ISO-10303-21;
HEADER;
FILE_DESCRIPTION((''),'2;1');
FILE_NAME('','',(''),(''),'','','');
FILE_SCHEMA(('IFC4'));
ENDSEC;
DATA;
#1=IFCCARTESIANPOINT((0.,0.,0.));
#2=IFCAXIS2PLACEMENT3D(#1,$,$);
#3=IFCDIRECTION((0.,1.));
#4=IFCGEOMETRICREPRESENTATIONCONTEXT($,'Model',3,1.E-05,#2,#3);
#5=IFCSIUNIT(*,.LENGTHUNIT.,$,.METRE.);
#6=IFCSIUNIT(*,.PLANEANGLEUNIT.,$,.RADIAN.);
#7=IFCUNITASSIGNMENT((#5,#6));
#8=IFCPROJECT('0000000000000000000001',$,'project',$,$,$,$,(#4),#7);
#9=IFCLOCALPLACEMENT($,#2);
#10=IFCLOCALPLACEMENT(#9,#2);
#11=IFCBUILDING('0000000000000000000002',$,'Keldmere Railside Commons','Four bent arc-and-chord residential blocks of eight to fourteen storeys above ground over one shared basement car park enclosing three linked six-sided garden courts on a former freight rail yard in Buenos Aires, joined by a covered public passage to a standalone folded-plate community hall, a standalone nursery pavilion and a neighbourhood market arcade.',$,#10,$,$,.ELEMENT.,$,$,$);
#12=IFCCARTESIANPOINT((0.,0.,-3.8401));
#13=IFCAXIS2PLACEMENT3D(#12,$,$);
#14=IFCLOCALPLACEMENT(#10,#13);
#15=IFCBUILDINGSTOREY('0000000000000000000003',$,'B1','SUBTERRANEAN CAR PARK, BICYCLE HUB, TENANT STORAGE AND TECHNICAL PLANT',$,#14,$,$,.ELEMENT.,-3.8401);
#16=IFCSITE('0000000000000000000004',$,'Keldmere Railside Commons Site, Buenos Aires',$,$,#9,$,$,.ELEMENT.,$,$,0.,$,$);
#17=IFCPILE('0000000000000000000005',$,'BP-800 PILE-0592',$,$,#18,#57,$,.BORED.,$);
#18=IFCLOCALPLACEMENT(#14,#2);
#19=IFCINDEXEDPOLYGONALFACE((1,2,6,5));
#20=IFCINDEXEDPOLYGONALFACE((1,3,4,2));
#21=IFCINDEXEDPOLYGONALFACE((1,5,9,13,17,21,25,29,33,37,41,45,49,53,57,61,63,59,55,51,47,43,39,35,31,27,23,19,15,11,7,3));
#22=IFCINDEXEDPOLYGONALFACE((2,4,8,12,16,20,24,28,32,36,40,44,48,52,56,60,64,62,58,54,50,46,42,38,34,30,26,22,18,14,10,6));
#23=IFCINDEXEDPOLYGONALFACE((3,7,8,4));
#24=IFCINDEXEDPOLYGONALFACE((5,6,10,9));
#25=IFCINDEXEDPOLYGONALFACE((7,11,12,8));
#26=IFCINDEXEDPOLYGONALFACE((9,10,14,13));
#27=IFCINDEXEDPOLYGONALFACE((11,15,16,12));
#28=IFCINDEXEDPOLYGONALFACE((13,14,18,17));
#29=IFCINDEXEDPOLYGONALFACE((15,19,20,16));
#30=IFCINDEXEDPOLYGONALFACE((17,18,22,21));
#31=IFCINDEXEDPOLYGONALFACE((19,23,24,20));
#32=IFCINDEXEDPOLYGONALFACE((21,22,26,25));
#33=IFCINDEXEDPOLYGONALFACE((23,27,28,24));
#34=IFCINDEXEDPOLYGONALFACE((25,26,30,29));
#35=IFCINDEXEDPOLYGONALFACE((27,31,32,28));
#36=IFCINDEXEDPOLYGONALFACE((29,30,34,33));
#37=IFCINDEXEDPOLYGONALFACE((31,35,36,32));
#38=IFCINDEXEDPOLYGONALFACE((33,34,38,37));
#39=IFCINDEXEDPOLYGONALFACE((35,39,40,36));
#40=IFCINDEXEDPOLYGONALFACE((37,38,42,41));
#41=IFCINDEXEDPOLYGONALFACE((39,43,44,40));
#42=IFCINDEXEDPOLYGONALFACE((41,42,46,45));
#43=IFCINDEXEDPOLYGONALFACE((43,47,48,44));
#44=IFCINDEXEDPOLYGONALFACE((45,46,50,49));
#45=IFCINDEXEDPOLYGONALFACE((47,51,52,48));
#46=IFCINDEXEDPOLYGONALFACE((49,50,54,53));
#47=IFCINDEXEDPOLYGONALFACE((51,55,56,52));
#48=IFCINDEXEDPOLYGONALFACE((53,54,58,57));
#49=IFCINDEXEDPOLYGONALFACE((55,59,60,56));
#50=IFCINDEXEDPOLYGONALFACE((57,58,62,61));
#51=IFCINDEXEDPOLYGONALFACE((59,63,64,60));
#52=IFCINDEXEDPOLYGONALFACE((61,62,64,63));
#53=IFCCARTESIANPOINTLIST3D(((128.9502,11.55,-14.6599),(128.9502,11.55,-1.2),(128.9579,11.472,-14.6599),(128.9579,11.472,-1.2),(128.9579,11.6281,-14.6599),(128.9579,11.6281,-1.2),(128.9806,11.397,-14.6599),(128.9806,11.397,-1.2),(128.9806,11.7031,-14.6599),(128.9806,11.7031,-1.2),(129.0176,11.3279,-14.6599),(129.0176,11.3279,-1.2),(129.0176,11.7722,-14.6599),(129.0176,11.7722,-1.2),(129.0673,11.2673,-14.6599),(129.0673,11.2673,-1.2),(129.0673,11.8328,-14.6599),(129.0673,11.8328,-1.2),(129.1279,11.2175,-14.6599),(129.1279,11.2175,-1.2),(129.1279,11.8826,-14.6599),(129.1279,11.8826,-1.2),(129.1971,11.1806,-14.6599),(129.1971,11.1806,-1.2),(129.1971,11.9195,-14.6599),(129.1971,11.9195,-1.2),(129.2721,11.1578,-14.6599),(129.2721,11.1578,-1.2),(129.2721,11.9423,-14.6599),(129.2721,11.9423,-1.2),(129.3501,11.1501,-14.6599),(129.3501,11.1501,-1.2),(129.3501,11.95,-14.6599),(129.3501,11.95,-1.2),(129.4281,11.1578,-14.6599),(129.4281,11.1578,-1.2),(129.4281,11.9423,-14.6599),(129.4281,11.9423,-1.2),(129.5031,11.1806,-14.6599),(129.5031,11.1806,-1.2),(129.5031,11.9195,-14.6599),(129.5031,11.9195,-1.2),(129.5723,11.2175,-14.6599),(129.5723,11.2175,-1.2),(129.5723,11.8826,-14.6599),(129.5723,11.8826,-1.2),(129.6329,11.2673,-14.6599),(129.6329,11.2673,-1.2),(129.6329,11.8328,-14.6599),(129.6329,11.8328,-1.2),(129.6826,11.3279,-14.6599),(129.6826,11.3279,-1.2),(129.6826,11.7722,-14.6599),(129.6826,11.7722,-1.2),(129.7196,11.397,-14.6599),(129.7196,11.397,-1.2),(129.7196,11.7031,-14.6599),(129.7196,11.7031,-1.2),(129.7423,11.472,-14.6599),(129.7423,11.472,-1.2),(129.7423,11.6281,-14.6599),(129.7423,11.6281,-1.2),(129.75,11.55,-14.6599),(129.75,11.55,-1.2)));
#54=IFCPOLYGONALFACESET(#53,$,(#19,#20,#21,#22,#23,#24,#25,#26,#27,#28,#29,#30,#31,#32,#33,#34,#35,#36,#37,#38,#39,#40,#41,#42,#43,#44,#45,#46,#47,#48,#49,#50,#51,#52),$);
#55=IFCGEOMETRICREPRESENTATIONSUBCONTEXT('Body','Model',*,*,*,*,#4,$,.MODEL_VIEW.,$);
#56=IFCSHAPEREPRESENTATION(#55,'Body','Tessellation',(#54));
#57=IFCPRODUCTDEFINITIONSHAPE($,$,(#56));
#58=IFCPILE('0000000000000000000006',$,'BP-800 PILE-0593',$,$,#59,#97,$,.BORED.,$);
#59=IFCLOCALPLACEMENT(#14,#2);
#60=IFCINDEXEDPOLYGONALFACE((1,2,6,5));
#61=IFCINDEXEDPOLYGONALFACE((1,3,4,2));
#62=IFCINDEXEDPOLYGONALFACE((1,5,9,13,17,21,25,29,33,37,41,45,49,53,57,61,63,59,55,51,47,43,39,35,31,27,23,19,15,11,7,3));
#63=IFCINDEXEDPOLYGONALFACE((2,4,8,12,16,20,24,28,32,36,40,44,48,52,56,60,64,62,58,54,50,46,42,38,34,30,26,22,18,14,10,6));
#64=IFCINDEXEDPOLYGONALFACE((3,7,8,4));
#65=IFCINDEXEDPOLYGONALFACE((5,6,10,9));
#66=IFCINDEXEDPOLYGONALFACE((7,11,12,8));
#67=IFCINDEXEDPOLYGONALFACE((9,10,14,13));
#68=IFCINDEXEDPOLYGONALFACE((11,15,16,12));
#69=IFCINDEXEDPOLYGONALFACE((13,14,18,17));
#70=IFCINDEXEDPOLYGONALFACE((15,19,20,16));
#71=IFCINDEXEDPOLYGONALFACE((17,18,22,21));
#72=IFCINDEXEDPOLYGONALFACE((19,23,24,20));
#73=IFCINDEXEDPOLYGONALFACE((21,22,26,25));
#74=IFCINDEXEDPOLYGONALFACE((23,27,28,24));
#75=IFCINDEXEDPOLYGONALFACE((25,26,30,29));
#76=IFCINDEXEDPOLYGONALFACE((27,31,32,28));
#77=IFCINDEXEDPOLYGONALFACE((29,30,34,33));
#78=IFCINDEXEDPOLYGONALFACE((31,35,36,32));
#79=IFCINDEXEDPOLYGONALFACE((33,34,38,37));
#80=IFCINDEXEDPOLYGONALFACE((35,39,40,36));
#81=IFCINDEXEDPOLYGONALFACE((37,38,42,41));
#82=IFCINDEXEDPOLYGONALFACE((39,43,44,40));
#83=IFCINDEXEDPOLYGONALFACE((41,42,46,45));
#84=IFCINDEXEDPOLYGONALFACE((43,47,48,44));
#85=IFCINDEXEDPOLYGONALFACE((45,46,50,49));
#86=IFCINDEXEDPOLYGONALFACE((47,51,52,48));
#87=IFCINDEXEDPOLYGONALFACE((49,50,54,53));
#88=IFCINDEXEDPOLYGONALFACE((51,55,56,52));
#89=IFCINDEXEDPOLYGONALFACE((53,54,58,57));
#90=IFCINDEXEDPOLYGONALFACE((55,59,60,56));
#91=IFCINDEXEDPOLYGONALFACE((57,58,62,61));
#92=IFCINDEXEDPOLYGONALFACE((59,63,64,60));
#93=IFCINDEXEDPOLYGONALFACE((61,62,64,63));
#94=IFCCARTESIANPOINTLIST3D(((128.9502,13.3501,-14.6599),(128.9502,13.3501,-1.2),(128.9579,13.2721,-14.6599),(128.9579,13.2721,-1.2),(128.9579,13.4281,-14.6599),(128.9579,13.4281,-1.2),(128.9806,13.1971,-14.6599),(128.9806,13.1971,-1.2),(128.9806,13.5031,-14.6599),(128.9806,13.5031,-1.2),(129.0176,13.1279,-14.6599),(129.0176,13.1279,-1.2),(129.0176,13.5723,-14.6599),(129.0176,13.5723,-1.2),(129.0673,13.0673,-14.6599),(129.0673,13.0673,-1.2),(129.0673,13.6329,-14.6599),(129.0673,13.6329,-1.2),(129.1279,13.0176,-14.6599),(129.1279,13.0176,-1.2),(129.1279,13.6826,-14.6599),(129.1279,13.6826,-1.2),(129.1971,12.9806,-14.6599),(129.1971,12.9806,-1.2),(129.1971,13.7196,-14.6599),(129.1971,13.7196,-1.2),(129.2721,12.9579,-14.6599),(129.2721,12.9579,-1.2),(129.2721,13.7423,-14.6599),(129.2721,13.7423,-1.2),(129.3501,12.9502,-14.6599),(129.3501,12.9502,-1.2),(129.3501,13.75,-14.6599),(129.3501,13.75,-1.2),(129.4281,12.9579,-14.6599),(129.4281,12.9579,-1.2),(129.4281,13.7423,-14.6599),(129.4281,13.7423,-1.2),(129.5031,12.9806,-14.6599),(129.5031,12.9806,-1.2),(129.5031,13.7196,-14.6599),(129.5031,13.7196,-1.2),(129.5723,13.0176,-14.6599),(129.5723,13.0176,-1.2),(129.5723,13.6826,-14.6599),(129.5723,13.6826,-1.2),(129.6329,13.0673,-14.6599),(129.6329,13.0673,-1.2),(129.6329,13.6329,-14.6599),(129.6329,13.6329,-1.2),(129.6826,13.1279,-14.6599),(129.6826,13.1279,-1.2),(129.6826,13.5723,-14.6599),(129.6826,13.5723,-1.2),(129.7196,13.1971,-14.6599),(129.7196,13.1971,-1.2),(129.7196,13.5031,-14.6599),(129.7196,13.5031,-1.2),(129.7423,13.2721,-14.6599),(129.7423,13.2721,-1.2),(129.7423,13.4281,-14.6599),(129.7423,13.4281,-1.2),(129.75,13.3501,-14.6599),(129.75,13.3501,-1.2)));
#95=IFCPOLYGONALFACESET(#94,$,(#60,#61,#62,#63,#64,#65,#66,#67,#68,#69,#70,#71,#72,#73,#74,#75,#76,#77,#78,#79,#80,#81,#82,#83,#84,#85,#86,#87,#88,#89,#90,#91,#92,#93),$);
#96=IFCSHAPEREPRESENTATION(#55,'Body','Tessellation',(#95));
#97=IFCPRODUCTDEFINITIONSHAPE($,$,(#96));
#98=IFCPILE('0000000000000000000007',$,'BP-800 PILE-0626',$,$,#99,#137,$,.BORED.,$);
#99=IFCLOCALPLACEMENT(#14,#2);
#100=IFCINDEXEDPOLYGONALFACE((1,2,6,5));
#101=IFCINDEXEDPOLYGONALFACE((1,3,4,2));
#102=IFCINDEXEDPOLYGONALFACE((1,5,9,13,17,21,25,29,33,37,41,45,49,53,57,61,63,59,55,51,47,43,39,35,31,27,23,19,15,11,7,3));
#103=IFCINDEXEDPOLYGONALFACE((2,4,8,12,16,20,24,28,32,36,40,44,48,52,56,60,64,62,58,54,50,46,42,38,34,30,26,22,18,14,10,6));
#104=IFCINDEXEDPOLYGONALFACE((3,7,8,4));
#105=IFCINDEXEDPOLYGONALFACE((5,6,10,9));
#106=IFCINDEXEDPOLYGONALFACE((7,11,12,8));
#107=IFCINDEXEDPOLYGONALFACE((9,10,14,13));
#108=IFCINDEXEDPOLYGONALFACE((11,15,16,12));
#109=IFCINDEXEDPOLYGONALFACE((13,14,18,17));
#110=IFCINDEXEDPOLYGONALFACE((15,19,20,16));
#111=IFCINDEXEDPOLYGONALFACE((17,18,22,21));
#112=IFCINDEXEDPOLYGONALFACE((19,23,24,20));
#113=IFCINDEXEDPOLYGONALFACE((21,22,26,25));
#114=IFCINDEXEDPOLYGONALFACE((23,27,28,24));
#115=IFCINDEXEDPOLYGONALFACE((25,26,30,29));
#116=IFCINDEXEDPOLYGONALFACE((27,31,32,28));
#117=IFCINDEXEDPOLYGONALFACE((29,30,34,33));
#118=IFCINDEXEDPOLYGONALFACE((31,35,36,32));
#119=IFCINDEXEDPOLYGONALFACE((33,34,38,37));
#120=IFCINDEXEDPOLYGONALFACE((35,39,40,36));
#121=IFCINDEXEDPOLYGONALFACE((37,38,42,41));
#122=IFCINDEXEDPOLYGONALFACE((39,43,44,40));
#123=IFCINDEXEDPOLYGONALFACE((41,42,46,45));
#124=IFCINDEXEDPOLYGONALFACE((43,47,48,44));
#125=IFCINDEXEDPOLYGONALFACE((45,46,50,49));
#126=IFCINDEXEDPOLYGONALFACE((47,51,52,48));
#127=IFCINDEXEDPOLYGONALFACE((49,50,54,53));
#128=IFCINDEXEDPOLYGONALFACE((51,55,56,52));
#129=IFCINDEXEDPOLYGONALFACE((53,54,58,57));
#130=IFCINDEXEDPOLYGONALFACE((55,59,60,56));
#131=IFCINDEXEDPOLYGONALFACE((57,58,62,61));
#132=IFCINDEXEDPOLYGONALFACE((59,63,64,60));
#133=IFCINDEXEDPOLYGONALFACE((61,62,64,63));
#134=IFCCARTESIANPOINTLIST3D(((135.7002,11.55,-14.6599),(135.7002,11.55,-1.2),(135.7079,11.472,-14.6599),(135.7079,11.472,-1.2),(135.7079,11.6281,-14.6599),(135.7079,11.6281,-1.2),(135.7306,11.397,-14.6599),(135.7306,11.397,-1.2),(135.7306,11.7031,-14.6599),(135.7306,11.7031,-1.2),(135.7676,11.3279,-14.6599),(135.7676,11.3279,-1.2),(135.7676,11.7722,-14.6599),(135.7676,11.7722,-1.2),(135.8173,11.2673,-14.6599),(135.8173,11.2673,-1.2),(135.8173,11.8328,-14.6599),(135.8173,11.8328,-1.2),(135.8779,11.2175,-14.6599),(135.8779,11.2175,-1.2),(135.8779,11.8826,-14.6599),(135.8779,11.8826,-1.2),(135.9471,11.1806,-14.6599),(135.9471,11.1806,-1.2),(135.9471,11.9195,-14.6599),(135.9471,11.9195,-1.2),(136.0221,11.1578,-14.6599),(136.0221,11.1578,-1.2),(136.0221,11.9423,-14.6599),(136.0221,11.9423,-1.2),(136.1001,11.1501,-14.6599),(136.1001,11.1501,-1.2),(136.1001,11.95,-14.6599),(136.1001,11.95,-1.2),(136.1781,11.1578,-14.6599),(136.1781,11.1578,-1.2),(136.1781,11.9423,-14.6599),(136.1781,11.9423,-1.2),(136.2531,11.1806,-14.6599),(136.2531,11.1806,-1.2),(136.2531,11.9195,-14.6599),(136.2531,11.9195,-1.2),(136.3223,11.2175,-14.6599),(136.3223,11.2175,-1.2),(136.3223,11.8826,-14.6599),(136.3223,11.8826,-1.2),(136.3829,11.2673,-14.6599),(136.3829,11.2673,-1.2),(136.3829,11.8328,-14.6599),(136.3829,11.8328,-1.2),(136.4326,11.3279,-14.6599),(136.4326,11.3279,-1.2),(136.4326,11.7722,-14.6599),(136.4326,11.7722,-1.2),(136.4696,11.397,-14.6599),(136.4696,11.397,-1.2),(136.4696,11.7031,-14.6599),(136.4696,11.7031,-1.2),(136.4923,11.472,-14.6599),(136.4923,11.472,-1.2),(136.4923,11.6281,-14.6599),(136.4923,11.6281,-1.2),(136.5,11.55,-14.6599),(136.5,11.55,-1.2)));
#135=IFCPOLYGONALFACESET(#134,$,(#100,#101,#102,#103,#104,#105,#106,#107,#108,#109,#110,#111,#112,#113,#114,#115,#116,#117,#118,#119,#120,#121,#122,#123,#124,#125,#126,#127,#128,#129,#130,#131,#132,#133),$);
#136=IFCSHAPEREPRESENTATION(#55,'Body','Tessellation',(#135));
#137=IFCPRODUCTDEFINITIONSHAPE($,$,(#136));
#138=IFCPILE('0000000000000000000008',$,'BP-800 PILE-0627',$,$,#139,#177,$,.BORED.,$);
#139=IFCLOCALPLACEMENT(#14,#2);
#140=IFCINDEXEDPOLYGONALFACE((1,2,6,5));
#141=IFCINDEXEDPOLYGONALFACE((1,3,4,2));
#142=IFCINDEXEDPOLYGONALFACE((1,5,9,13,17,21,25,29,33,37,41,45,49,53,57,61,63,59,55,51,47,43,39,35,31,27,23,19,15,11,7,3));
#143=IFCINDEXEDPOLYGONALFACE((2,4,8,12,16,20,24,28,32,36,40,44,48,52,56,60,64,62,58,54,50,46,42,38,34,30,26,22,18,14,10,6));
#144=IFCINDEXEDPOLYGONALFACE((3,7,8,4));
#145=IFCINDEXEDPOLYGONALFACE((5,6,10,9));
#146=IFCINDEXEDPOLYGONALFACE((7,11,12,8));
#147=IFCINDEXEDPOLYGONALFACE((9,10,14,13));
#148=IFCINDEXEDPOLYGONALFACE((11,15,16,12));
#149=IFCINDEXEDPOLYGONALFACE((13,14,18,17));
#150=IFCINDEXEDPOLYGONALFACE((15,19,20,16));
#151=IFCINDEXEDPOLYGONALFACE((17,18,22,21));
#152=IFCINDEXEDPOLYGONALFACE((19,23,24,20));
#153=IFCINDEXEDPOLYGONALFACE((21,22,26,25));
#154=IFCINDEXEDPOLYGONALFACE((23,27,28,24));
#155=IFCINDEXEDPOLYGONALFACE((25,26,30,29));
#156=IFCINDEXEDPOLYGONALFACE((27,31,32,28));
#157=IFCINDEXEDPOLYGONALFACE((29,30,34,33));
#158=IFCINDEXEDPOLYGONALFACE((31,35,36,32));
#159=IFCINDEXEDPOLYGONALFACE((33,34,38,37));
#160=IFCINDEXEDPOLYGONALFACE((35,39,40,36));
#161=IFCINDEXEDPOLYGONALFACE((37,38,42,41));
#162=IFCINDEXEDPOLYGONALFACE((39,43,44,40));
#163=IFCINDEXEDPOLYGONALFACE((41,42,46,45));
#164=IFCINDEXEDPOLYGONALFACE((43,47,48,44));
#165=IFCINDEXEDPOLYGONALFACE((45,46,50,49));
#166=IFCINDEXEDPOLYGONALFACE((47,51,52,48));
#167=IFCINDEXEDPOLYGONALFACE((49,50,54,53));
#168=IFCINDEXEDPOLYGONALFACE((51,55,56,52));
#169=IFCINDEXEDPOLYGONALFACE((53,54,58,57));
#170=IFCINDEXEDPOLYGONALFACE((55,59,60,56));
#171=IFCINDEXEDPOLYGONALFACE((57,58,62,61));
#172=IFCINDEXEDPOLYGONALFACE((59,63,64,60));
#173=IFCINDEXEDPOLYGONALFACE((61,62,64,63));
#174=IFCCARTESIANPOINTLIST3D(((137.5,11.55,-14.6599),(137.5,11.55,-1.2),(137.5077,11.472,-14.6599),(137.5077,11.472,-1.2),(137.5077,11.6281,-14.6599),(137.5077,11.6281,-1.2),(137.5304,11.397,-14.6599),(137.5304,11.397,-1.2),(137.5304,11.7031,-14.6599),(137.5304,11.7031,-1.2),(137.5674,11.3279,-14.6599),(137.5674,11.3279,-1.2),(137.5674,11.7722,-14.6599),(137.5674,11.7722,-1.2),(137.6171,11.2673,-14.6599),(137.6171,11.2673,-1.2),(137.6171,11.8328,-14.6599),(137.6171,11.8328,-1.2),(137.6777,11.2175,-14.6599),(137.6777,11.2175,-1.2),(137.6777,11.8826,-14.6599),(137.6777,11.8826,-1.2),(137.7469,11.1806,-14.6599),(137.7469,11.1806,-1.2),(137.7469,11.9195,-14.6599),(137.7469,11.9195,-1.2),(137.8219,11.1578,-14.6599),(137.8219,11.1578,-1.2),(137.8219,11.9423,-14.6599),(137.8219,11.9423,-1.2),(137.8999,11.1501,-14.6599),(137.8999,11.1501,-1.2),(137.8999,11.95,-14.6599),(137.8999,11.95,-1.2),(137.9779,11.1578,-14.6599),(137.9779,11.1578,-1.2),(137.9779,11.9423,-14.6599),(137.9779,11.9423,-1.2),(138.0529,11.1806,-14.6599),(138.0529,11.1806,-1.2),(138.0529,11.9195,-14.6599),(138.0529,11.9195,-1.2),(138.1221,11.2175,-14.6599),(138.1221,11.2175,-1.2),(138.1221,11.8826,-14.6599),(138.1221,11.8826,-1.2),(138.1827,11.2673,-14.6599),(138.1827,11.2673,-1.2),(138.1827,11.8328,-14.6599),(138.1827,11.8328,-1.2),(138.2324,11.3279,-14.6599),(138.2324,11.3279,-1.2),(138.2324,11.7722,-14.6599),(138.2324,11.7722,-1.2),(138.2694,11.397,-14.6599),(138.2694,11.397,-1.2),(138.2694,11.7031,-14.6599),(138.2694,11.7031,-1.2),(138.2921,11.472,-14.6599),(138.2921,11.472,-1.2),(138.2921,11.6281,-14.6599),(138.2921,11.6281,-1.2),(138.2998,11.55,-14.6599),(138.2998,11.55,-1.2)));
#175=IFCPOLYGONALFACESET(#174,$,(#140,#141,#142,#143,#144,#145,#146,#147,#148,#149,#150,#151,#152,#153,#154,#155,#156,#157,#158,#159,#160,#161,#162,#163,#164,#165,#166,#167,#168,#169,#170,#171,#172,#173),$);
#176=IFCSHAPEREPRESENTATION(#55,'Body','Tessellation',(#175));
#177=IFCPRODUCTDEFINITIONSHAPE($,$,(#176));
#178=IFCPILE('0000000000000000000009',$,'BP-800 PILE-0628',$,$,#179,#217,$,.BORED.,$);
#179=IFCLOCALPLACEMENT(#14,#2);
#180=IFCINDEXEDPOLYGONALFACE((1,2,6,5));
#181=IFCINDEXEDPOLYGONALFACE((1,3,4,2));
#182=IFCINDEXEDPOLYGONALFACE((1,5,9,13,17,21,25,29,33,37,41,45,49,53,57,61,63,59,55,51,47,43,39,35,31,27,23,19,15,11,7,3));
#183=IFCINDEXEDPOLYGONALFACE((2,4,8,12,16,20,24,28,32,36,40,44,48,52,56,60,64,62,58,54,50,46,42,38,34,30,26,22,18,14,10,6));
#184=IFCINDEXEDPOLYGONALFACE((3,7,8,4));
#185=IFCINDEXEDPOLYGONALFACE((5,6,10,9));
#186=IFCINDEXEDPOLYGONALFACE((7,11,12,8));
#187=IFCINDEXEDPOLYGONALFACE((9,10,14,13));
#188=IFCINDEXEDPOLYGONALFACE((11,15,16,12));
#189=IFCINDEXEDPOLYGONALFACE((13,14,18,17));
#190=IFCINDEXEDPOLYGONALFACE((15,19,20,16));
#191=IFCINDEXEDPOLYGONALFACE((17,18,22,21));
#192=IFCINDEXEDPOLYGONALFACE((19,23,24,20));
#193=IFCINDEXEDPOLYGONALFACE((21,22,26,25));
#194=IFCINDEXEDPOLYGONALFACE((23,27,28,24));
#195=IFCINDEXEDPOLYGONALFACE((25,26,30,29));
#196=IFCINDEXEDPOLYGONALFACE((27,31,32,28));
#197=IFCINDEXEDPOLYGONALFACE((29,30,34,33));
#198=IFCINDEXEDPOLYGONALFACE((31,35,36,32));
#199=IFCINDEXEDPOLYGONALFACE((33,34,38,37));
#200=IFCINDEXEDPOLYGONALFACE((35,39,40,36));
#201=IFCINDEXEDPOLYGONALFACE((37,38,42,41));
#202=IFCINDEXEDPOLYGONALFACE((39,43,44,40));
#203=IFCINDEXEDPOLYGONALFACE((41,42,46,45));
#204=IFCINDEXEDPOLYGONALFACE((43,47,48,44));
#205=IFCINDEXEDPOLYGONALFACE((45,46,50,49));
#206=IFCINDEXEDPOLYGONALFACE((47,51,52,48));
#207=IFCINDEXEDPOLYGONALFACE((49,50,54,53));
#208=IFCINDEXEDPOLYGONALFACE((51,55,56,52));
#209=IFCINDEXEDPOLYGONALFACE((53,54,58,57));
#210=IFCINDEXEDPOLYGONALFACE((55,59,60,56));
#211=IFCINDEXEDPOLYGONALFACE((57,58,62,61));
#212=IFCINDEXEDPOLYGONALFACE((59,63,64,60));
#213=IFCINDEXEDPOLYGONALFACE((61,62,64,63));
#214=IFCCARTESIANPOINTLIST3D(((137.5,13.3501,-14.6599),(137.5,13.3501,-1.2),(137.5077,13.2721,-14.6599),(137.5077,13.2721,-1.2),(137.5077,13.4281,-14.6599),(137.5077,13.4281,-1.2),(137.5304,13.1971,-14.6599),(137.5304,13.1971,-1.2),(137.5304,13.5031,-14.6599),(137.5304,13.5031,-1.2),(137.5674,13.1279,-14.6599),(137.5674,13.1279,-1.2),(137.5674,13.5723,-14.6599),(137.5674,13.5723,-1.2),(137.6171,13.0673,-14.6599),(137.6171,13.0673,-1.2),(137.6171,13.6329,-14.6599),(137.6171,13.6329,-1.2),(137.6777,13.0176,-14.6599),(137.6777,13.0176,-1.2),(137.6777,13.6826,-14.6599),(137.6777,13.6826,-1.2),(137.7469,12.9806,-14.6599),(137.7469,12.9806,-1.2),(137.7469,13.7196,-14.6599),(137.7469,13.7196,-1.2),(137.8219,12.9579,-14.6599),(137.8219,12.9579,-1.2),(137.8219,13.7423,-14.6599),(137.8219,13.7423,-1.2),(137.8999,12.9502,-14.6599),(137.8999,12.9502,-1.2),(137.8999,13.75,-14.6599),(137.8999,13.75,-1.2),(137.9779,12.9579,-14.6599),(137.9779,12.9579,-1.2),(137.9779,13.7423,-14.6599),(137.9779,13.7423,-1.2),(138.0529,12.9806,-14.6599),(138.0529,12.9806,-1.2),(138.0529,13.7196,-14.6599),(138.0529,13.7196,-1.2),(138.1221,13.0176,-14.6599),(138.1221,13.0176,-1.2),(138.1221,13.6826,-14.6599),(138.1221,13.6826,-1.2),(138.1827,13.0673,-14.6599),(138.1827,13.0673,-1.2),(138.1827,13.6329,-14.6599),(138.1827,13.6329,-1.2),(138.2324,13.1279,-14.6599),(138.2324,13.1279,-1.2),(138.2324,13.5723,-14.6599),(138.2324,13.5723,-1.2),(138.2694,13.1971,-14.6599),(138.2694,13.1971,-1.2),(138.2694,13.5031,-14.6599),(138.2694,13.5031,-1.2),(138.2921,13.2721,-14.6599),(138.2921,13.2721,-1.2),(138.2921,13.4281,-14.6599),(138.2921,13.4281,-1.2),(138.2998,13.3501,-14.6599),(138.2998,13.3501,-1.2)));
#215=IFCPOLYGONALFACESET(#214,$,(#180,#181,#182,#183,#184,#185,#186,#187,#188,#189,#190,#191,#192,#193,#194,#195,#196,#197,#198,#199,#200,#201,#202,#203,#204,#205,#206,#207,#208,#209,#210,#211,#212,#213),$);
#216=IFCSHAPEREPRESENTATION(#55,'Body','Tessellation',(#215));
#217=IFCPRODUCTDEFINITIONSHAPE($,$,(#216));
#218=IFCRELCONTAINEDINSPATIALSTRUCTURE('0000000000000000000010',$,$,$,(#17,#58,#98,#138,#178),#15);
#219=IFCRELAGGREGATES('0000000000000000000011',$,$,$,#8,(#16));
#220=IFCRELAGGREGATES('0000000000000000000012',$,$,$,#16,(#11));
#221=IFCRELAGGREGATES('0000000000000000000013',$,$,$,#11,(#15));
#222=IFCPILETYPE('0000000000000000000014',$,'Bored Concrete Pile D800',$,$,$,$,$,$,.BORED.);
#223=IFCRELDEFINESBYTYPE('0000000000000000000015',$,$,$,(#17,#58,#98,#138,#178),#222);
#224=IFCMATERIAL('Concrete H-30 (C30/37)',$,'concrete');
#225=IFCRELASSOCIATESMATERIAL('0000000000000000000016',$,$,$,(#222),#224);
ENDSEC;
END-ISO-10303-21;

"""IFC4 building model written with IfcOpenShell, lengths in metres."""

from ifc_helpers import new_model, si_unit, direction, frame, origin, origin_2d, place, context, subcontext, project, spatial, circle, extrude, material, material_profile, profile_set, type_object, element, save


model = new_model("IFC4")

# Units and contexts
model_context = context("Model", 3, precision=1e-05, world=origin(), true_north=direction((0.0, 1.0)))
body_context = subcontext(model_context, "Body", "Model", "MODEL_VIEW")
ifc_project = project(units=[si_unit("LENGTHUNIT", "METRE"), si_unit("PLANEANGLEUNIT", "RADIAN")], contexts=[model_context])

# Site, building, storey
site_placement = place(None, origin())
site = spatial("IfcSite", under=ifc_project, at=site_placement, Name="Keldmere Railside Commons Site, Buenos Aires", CompositionType="ELEMENT", RefElevation=0.0)
building_placement = place(site_placement, origin())
building = spatial("IfcBuilding", under=site, at=building_placement, Name="Keldmere Railside Commons", Description="Four bent arc-and-chord residential blocks of eight to fourteen storeys above ground over one shared basement car park enclosing three linked six-sided garden courts on a former freight rail yard in Buenos Aires, joined by a covered public passage to a standalone folded-plate community hall, a standalone nursery pavilion and a neighbourhood market arcade.", CompositionType="ELEMENT")
storey_placement = place(building_placement, frame((0.0, 0.0, -3.8401)))
storey = spatial("IfcBuildingStorey", under=building, at=storey_placement, Name="B1", Description="SUBTERRANEAN CAR PARK, BICYCLE HUB, TENANT STORAGE AND TECHNICAL PLANT", CompositionType="ELEMENT", Elevation=-3.8401)

# Piles
ifc_material_1 = material(Name="Concrete H-30 (C30/37)", Category="concrete")
ifc_material_profile_1 = material_profile(ifc_material_1, circle(Radius=0.3999, at=origin_2d()), Name="PILE-D800")
ifc_profile_set_1 = profile_set([ifc_material_profile_1], Name="Concrete H-30 (C30/37)")
pile_type = type_object("IfcPileType", Name="Bored Concrete Pile D800", PredefinedType="BORED", material=ifc_profile_set_1)
for number, where, z_axis, x_axis, name in (
    (1, (129.3501, 11.55, -1.2), (0.0, 0.0, -1.0), (1.0, 0.0, 0.0), "BP-800 PILE-0592"),
    (2, (129.3501, 13.3501, -1.2), (0.0, 0.0, -1.0), (1.0, 0.0, 0.0), "BP-800 PILE-0593"),
    (3, (136.1001, 11.55, -1.2), (0.0, 0.0, -1.0), (1.0, 0.0, 0.0), "BP-800 PILE-0626"),
    (4, (137.8999, 11.55, -1.2), (0.0, 0.0, -1.0), (1.0, 0.0, 0.0), "BP-800 PILE-0627"),
    (5, (137.8999, 13.3501, -1.2), (0.0, 0.0, -1.0), (1.0, 0.0, 0.0), "BP-800 PILE-0628"),
):
    element("IfcPile", number, at=place(storey_placement, frame(where, z_axis=z_axis, x_axis=x_axis)), inside=storey, type_object=pile_type, Name=name, PredefinedType="BORED", context=body_context, shape_type="SweptSolid", body=[
        extrude(circle(Radius=0.3999, at=origin_2d()), origin(), (0.0, 0.0, 1.0), 13.46),
    ])

save(model, "model.ifc")
